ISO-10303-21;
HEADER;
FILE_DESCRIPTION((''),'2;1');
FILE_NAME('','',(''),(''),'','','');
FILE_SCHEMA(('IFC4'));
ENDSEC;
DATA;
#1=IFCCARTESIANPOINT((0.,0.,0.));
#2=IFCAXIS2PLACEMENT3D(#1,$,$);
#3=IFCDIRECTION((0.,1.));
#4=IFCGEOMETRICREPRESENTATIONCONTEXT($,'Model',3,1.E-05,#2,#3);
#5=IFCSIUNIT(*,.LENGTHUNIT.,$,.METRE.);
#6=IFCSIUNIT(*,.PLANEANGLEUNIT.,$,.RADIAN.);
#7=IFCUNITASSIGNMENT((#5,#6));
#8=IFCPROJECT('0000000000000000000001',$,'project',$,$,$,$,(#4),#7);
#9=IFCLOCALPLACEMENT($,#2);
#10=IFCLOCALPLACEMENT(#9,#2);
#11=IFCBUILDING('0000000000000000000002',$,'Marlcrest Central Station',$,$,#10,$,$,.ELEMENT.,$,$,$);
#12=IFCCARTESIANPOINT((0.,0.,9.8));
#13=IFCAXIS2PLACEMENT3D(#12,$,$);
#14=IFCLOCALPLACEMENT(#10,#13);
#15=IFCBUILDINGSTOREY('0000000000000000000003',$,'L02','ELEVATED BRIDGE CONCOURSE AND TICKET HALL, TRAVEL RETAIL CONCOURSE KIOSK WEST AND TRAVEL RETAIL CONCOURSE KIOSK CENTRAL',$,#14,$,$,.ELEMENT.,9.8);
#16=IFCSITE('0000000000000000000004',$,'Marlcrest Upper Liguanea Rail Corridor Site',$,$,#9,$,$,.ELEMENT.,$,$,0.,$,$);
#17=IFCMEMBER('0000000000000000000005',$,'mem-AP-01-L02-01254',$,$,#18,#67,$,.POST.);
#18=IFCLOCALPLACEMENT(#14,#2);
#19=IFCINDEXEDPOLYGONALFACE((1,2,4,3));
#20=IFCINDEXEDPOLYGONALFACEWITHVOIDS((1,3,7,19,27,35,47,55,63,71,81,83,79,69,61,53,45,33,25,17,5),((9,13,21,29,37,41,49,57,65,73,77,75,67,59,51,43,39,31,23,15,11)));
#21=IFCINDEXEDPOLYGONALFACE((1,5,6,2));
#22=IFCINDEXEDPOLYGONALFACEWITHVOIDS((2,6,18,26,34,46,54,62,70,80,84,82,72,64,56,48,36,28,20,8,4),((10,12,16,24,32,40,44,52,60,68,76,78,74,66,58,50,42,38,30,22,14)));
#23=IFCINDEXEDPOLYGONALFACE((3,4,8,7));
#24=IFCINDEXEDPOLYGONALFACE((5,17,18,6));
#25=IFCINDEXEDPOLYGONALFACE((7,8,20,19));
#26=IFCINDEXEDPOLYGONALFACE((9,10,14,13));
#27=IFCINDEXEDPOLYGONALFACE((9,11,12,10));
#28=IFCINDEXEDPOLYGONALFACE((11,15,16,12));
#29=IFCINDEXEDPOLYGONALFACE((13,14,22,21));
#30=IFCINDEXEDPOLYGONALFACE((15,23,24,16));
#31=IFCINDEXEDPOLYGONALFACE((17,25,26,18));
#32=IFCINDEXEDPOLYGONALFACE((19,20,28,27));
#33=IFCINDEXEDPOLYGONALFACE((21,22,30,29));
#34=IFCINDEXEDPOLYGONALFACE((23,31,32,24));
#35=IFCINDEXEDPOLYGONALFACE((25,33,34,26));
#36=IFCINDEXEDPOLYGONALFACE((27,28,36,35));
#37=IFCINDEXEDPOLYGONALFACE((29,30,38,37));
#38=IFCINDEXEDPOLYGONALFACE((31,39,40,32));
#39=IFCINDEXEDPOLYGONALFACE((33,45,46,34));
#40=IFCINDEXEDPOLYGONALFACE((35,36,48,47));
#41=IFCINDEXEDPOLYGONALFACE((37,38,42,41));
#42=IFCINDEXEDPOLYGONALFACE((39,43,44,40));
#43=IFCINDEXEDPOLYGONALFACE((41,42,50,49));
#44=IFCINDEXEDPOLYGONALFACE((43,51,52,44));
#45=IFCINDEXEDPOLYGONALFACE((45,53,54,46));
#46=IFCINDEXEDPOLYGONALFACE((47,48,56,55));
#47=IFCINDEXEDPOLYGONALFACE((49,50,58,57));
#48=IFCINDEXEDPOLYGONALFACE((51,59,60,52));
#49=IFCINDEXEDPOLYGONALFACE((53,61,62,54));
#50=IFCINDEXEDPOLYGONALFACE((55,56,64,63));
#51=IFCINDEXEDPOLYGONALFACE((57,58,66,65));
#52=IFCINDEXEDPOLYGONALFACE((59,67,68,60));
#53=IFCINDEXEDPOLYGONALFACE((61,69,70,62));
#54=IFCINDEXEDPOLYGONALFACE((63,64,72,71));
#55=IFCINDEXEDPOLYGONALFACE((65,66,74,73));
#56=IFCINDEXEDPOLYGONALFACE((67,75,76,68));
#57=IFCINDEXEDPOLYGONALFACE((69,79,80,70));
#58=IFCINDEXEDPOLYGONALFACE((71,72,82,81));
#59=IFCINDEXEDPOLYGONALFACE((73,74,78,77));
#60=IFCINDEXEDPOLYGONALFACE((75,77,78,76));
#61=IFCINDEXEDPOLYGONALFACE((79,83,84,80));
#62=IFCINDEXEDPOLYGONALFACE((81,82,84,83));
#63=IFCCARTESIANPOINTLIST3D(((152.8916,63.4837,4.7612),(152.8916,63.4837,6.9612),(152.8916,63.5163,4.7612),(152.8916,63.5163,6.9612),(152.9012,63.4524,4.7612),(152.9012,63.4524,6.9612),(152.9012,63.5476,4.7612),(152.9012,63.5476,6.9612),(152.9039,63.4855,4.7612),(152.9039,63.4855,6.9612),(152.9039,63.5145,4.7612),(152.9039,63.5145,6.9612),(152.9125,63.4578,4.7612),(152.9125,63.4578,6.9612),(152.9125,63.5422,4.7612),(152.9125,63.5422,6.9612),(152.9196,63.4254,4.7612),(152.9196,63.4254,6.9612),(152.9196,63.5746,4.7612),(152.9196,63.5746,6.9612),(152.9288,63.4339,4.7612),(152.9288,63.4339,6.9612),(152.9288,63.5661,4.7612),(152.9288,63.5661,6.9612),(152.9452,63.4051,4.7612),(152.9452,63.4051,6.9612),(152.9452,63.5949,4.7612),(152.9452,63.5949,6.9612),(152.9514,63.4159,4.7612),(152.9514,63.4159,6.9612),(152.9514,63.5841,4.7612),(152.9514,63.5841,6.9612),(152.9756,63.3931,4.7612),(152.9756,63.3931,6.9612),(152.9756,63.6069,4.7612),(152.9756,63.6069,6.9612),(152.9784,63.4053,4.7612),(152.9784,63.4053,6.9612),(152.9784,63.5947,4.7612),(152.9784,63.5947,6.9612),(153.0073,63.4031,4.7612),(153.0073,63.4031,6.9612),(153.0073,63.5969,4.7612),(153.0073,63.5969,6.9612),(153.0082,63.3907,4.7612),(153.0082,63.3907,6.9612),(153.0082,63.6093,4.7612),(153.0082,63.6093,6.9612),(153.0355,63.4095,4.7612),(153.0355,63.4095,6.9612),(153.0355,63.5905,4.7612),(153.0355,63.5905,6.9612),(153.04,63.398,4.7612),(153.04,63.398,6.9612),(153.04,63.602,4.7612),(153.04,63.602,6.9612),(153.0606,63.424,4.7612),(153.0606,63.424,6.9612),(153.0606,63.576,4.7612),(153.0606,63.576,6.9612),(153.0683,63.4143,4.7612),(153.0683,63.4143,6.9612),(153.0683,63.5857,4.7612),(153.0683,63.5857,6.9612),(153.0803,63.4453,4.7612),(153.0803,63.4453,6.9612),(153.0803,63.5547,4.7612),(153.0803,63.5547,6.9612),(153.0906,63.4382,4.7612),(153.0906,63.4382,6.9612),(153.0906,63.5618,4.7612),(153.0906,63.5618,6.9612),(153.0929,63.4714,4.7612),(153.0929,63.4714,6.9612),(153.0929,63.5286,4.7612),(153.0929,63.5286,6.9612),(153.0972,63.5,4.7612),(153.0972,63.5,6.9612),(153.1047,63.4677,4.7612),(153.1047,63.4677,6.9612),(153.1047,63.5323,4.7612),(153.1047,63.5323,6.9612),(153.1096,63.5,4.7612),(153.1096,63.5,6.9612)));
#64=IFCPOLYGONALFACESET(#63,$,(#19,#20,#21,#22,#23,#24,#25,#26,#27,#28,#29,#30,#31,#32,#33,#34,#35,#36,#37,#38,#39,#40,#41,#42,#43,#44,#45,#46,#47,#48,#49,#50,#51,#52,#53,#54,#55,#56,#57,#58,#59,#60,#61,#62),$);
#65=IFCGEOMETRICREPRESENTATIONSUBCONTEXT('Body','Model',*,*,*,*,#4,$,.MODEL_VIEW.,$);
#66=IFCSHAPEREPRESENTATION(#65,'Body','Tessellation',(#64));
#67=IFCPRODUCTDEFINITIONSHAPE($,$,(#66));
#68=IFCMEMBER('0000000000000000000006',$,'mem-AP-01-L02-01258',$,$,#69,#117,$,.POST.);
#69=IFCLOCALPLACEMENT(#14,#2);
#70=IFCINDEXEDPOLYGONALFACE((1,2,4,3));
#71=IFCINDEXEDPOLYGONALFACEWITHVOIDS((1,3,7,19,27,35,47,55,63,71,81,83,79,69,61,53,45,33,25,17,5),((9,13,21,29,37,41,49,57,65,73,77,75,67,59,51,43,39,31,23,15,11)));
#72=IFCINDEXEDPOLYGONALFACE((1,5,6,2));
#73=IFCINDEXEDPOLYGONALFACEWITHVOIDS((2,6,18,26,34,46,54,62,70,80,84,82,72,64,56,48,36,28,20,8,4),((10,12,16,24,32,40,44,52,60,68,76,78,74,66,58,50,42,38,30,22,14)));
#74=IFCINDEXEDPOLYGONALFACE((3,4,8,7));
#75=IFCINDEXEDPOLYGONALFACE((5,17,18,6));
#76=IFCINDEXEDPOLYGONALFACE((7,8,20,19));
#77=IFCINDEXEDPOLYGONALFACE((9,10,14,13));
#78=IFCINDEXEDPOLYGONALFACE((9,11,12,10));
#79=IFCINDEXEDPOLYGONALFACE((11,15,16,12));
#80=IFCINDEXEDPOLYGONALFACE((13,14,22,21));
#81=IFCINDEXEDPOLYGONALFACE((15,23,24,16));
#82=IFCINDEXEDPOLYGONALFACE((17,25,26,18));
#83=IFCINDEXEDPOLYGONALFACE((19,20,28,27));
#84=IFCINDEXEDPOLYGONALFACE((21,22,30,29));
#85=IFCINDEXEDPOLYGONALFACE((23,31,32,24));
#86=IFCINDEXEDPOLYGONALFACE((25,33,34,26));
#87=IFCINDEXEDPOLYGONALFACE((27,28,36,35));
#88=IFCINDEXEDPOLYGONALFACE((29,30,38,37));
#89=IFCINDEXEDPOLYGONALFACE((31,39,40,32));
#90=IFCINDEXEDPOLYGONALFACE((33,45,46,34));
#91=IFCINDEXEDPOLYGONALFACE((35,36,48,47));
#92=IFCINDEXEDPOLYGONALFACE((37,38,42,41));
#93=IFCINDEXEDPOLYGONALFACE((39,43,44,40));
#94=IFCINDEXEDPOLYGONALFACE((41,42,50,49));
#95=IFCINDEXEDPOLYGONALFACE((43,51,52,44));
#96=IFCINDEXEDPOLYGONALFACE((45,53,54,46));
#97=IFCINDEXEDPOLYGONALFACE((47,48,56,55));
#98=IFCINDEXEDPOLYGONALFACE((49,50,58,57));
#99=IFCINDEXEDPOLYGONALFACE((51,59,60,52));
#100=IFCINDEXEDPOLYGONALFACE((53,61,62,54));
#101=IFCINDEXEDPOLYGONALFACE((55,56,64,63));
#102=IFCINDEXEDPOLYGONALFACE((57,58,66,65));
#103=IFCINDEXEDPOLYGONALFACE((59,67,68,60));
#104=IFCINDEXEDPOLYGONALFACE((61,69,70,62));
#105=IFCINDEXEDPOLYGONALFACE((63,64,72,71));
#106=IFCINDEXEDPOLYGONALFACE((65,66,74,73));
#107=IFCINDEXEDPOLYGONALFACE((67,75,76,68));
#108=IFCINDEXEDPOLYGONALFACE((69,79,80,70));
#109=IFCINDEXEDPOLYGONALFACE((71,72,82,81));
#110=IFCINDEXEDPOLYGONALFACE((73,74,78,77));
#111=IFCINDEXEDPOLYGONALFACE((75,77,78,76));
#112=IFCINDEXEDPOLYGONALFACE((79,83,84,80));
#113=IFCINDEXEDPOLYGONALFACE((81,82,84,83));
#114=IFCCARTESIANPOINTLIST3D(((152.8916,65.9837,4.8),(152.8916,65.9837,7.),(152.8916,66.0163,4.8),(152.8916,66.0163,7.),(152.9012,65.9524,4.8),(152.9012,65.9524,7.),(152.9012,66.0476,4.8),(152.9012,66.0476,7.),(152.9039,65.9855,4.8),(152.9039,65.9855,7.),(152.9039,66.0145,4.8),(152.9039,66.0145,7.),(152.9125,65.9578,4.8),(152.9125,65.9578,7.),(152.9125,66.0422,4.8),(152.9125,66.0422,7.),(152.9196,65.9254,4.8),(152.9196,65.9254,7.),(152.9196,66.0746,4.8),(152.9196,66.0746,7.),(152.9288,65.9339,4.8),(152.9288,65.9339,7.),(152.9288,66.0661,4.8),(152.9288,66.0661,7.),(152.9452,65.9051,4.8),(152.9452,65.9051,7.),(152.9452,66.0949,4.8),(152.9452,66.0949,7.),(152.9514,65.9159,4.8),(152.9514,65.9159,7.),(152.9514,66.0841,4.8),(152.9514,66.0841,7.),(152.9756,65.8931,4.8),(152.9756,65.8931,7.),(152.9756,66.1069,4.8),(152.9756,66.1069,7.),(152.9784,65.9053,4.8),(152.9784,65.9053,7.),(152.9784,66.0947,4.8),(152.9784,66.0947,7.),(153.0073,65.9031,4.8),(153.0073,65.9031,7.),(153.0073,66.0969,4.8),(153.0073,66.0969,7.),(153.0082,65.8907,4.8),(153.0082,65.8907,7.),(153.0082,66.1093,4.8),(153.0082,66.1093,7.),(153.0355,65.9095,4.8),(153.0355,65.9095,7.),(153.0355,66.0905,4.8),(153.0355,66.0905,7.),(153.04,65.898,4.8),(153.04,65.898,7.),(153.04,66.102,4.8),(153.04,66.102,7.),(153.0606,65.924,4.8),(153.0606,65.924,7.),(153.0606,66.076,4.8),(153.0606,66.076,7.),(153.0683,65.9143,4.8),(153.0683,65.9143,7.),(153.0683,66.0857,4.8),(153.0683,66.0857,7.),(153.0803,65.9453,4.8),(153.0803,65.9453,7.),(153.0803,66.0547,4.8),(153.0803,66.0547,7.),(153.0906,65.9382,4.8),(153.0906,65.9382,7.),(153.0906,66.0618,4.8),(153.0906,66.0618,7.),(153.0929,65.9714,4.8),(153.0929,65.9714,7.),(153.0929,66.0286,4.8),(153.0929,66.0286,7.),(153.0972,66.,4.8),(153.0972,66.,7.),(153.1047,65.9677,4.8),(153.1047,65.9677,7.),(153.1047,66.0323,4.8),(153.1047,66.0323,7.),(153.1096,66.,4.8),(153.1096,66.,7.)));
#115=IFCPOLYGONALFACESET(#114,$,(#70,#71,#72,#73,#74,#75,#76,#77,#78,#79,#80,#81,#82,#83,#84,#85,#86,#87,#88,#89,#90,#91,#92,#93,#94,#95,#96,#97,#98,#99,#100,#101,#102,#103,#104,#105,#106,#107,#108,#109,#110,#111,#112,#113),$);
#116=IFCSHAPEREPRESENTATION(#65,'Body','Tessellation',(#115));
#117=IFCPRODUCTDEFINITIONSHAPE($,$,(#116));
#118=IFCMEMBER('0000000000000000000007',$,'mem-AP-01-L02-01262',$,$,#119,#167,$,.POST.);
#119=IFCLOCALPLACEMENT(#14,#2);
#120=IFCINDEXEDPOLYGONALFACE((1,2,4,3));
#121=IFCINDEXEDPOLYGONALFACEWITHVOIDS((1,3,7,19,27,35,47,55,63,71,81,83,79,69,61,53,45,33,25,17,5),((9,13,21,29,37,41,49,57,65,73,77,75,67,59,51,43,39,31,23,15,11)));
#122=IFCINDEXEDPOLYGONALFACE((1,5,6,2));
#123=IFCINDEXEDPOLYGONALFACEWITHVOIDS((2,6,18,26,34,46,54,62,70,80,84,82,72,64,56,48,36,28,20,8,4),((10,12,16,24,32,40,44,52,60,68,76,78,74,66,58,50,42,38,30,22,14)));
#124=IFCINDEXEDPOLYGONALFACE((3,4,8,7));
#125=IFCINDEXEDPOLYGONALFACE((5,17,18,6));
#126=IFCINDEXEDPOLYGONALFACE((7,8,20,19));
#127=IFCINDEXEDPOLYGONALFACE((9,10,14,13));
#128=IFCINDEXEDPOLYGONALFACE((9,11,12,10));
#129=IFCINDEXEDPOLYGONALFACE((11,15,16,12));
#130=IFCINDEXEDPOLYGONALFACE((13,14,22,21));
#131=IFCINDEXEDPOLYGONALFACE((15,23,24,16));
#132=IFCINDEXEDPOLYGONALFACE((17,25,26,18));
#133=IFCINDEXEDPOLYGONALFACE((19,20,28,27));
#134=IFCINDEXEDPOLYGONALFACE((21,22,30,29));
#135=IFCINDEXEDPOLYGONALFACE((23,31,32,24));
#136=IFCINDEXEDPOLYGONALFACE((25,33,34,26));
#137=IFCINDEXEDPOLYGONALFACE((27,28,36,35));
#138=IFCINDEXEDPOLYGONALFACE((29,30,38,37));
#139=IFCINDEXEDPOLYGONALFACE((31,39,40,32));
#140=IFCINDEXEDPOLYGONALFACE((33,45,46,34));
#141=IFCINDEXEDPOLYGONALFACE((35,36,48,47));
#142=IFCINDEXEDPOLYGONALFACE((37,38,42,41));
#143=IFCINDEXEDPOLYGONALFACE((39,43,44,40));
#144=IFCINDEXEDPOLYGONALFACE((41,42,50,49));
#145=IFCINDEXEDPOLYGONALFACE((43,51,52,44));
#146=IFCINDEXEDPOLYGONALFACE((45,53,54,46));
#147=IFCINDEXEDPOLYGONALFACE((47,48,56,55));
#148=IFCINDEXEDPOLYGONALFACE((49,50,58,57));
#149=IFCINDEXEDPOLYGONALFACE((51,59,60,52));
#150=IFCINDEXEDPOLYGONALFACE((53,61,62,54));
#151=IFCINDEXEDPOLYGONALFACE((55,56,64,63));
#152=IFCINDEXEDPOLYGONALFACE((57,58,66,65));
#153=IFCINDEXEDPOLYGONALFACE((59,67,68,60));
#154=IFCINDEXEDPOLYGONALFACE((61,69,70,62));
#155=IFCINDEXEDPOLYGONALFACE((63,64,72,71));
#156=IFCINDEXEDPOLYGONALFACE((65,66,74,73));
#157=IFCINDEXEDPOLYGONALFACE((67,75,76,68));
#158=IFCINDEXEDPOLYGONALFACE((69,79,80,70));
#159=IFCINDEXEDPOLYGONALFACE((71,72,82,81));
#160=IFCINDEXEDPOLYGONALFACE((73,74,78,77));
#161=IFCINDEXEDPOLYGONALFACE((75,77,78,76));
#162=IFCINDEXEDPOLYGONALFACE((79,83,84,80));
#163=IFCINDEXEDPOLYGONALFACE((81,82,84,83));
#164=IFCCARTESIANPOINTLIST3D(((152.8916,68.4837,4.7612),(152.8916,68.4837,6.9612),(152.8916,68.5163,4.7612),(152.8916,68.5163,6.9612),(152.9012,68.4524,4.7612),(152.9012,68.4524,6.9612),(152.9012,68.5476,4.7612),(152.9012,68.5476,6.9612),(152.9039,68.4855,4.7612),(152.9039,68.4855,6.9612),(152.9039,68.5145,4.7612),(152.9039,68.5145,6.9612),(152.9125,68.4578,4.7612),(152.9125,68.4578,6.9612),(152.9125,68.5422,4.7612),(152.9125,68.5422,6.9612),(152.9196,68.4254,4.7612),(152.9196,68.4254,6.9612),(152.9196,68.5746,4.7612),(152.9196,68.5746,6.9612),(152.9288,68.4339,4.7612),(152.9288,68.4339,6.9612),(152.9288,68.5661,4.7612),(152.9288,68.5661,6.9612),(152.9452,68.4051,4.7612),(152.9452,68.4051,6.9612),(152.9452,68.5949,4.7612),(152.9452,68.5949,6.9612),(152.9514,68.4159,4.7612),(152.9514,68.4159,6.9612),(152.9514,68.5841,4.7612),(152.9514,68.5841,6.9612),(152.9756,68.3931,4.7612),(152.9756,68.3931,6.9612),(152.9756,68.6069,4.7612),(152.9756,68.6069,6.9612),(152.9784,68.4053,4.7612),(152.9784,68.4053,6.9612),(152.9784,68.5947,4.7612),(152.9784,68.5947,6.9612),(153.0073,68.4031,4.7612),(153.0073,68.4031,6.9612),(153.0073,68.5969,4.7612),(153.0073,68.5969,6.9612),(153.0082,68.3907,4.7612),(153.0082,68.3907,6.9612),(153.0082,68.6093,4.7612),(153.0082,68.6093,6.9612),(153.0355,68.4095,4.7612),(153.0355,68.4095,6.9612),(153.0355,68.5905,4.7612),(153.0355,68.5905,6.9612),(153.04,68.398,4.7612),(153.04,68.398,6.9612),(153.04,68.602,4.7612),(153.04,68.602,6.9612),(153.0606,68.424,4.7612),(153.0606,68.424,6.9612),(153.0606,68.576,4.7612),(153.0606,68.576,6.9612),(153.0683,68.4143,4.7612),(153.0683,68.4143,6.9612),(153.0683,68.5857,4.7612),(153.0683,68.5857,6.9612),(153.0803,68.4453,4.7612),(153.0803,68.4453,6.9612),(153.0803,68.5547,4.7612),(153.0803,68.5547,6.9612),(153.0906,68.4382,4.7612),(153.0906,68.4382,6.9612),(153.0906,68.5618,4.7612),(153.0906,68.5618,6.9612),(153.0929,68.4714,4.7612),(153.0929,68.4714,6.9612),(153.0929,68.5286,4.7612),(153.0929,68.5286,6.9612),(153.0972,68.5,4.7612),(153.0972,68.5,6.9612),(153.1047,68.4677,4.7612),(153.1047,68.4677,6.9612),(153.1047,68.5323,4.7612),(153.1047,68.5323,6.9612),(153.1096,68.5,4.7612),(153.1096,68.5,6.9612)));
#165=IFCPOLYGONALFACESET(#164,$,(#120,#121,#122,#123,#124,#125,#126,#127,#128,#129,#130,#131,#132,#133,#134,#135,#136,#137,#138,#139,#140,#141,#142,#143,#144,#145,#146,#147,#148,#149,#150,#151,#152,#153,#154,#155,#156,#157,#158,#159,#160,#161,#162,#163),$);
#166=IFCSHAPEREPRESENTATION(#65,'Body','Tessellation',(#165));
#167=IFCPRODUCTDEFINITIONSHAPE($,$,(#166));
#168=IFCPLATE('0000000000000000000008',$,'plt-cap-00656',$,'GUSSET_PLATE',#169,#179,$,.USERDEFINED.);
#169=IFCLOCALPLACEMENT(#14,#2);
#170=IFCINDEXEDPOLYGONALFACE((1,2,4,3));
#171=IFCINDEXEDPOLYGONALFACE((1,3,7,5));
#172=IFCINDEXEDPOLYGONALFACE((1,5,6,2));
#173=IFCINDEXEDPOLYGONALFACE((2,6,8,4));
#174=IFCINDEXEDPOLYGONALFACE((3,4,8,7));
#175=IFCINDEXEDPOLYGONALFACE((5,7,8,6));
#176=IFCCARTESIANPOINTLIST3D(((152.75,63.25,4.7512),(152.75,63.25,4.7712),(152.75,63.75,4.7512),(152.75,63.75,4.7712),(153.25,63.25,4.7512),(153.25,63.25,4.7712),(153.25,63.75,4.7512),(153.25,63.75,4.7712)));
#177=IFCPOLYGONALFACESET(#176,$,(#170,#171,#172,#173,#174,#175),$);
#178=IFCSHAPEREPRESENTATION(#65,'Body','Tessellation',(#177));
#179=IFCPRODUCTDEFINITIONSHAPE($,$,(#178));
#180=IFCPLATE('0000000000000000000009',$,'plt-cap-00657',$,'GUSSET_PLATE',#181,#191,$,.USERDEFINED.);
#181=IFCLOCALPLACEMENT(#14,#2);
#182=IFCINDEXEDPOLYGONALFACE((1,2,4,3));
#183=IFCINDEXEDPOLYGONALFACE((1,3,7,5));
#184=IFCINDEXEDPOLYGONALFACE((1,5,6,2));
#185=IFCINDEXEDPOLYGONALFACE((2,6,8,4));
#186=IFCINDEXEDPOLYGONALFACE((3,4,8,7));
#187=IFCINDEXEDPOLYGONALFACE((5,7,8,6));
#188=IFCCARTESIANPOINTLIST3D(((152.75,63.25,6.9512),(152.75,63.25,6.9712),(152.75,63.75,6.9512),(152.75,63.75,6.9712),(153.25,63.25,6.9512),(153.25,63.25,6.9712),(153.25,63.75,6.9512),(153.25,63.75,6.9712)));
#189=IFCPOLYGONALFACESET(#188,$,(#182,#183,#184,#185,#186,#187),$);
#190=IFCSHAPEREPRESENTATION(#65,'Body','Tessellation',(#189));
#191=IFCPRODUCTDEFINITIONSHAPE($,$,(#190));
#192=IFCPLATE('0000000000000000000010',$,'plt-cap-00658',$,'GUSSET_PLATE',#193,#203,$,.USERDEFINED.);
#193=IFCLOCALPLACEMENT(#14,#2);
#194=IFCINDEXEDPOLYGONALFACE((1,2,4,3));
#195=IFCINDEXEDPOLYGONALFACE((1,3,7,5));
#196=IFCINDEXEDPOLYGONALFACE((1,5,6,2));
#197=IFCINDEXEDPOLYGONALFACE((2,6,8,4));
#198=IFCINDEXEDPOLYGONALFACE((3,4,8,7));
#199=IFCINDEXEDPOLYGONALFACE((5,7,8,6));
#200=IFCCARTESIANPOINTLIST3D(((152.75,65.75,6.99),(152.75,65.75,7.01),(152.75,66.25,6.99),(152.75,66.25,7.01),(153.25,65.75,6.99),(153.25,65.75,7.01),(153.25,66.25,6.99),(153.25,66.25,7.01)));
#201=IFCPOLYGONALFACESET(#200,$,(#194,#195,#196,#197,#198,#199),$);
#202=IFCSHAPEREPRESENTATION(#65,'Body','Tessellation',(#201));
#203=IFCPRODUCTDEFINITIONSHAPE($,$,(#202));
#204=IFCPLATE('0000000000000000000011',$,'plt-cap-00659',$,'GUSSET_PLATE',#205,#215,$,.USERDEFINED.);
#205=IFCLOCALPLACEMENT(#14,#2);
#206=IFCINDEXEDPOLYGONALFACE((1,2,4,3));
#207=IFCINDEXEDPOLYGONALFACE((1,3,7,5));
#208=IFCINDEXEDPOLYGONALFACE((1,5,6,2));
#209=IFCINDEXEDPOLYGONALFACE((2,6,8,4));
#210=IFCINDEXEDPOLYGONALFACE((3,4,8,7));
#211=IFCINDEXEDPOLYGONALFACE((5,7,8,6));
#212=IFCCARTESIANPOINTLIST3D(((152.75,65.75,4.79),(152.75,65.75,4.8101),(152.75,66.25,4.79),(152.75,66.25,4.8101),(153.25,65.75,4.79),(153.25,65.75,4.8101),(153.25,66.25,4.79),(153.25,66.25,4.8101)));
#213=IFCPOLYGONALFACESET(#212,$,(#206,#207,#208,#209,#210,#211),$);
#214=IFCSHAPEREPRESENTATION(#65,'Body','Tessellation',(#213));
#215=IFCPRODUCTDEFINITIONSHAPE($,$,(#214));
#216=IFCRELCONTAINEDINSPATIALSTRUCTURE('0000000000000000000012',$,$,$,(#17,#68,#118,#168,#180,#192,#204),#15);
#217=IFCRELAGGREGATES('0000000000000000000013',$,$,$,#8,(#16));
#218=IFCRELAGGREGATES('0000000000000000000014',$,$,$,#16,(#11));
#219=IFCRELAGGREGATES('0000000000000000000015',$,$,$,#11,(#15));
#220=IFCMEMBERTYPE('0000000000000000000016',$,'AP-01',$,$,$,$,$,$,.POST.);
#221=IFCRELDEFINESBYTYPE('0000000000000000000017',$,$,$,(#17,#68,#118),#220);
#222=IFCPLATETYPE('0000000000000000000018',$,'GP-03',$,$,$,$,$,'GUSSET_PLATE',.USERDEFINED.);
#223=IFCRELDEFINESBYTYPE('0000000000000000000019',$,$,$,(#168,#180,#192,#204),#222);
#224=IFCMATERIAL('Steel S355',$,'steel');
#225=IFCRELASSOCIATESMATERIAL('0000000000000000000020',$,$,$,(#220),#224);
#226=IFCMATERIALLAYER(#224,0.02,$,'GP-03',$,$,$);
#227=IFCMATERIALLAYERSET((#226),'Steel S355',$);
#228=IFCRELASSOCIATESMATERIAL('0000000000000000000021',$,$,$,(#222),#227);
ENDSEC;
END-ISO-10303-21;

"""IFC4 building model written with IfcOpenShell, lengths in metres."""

from ifc_helpers import new_model, si_unit, direction, frame, origin, origin_2d, place, context, subcontext, project, spatial, rectangle, hollow_circle, extrude, material, layer, layer_set, material_profile, profile_set, type_object, element, save


model = new_model("IFC4")

# Units and contexts
model_context = context("Model", 3, precision=1e-05, world=origin(), true_north=direction((0.0, 1.0)))
body_context = subcontext(model_context, "Body", "Model", "MODEL_VIEW")
ifc_project = project(units=[si_unit("LENGTHUNIT", "METRE"), si_unit("PLANEANGLEUNIT", "RADIAN")], contexts=[model_context])

# Site, building, storey
site_placement = place(None, origin())
site = spatial("IfcSite", under=ifc_project, at=site_placement, Name="Marlcrest Upper Liguanea Rail Corridor Site", CompositionType="ELEMENT", RefElevation=0.0)
building_placement = place(site_placement, origin())
building = spatial("IfcBuilding", under=site, at=building_placement, Name="Marlcrest Central Station", CompositionType="ELEMENT")
storey_placement = place(building_placement, frame((0.0, 0.0, 9.8)))
storey = spatial("IfcBuildingStorey", under=building, at=storey_placement, Name="L02", Description="ELEVATED BRIDGE CONCOURSE AND TICKET HALL, TRAVEL RETAIL CONCOURSE KIOSK WEST AND TRAVEL RETAIL CONCOURSE KIOSK CENTRAL", CompositionType="ELEMENT", Elevation=9.8)

# Members
ifc_material = material(Name="Steel S355", Category="steel")
ifc_material_profile_1 = material_profile(ifc_material, hollow_circle(Radius=0.1096, WallThickness=0.0125, at=origin_2d()), Name="CHS 219.1x12.5")
ifc_profile_set_1 = profile_set([ifc_material_profile_1], Name="Steel S355")
member_type_1 = type_object("IfcMemberType", Name="AP-01", PredefinedType="POST", material=ifc_profile_set_1)
for number, where, z_axis, x_axis, name in (
    (1, (153.0, 63.5, 4.7612), (0.0, 0.0, 1.0), (1.0, 0.0, 0.0), "mem-AP-01-L02-01254"),
    (2, (153.0, 66.0, 4.8), (0.0, 0.0, 1.0), (1.0, 0.0, 0.0), "mem-AP-01-L02-01258"),
    (3, (153.0, 68.5, 4.7612), (0.0, 0.0, 1.0), (1.0, 0.0, 0.0), "mem-AP-01-L02-01262"),
):
    element("IfcMember", number, at=place(storey_placement, frame(where, z_axis=z_axis, x_axis=x_axis)), inside=storey, type_object=member_type_1, Name=name, PredefinedType="POST", context=body_context, shape_type="SweptSolid", body=[
        extrude(hollow_circle(Radius=0.1096, WallThickness=0.0125, at=origin_2d()), origin(), (0.0, 0.0, 1.0), 2.2),
    ])

# Plates
ifc_layer = layer(ifc_material, 0.02, Name="GP-03")
ifc_layer_set = layer_set([ifc_layer], Name="Steel S355")
plate_type = type_object("IfcPlateType", Name="GP-03", ElementType="GUSSET_PLATE", PredefinedType="USERDEFINED", material=ifc_layer_set)
for number, where, z_axis, x_axis, name in (
    (4, (153.0, 63.5, 4.7512), (0.0, 0.0, 1.0), (1.0, 0.0, 0.0), "plt-cap-00656"),
    (5, (153.0, 63.5, 6.9512), (0.0, 0.0, 1.0), (1.0, 0.0, 0.0), "plt-cap-00657"),
    (6, (153.0, 66.0, 6.99), (0.0, 0.0, 1.0), (1.0, 0.0, 0.0), "plt-cap-00658"),
    (7, (153.0, 66.0, 4.79), (0.0, 0.0, 1.0), (1.0, 0.0, 0.0), "plt-cap-00659"),
):
    element("IfcPlate", number, at=place(storey_placement, frame(where, z_axis=z_axis, x_axis=x_axis)), inside=storey, type_object=plate_type, Name=name, ObjectType="GUSSET_PLATE", PredefinedType="USERDEFINED", context=body_context, shape_type="SweptSolid", body=[
        extrude(rectangle(XDim=0.5, YDim=0.5, at=origin_2d()), origin(), (0.0, 0.0, 1.0), 0.02),
    ])

save(model, "model.ifc")
